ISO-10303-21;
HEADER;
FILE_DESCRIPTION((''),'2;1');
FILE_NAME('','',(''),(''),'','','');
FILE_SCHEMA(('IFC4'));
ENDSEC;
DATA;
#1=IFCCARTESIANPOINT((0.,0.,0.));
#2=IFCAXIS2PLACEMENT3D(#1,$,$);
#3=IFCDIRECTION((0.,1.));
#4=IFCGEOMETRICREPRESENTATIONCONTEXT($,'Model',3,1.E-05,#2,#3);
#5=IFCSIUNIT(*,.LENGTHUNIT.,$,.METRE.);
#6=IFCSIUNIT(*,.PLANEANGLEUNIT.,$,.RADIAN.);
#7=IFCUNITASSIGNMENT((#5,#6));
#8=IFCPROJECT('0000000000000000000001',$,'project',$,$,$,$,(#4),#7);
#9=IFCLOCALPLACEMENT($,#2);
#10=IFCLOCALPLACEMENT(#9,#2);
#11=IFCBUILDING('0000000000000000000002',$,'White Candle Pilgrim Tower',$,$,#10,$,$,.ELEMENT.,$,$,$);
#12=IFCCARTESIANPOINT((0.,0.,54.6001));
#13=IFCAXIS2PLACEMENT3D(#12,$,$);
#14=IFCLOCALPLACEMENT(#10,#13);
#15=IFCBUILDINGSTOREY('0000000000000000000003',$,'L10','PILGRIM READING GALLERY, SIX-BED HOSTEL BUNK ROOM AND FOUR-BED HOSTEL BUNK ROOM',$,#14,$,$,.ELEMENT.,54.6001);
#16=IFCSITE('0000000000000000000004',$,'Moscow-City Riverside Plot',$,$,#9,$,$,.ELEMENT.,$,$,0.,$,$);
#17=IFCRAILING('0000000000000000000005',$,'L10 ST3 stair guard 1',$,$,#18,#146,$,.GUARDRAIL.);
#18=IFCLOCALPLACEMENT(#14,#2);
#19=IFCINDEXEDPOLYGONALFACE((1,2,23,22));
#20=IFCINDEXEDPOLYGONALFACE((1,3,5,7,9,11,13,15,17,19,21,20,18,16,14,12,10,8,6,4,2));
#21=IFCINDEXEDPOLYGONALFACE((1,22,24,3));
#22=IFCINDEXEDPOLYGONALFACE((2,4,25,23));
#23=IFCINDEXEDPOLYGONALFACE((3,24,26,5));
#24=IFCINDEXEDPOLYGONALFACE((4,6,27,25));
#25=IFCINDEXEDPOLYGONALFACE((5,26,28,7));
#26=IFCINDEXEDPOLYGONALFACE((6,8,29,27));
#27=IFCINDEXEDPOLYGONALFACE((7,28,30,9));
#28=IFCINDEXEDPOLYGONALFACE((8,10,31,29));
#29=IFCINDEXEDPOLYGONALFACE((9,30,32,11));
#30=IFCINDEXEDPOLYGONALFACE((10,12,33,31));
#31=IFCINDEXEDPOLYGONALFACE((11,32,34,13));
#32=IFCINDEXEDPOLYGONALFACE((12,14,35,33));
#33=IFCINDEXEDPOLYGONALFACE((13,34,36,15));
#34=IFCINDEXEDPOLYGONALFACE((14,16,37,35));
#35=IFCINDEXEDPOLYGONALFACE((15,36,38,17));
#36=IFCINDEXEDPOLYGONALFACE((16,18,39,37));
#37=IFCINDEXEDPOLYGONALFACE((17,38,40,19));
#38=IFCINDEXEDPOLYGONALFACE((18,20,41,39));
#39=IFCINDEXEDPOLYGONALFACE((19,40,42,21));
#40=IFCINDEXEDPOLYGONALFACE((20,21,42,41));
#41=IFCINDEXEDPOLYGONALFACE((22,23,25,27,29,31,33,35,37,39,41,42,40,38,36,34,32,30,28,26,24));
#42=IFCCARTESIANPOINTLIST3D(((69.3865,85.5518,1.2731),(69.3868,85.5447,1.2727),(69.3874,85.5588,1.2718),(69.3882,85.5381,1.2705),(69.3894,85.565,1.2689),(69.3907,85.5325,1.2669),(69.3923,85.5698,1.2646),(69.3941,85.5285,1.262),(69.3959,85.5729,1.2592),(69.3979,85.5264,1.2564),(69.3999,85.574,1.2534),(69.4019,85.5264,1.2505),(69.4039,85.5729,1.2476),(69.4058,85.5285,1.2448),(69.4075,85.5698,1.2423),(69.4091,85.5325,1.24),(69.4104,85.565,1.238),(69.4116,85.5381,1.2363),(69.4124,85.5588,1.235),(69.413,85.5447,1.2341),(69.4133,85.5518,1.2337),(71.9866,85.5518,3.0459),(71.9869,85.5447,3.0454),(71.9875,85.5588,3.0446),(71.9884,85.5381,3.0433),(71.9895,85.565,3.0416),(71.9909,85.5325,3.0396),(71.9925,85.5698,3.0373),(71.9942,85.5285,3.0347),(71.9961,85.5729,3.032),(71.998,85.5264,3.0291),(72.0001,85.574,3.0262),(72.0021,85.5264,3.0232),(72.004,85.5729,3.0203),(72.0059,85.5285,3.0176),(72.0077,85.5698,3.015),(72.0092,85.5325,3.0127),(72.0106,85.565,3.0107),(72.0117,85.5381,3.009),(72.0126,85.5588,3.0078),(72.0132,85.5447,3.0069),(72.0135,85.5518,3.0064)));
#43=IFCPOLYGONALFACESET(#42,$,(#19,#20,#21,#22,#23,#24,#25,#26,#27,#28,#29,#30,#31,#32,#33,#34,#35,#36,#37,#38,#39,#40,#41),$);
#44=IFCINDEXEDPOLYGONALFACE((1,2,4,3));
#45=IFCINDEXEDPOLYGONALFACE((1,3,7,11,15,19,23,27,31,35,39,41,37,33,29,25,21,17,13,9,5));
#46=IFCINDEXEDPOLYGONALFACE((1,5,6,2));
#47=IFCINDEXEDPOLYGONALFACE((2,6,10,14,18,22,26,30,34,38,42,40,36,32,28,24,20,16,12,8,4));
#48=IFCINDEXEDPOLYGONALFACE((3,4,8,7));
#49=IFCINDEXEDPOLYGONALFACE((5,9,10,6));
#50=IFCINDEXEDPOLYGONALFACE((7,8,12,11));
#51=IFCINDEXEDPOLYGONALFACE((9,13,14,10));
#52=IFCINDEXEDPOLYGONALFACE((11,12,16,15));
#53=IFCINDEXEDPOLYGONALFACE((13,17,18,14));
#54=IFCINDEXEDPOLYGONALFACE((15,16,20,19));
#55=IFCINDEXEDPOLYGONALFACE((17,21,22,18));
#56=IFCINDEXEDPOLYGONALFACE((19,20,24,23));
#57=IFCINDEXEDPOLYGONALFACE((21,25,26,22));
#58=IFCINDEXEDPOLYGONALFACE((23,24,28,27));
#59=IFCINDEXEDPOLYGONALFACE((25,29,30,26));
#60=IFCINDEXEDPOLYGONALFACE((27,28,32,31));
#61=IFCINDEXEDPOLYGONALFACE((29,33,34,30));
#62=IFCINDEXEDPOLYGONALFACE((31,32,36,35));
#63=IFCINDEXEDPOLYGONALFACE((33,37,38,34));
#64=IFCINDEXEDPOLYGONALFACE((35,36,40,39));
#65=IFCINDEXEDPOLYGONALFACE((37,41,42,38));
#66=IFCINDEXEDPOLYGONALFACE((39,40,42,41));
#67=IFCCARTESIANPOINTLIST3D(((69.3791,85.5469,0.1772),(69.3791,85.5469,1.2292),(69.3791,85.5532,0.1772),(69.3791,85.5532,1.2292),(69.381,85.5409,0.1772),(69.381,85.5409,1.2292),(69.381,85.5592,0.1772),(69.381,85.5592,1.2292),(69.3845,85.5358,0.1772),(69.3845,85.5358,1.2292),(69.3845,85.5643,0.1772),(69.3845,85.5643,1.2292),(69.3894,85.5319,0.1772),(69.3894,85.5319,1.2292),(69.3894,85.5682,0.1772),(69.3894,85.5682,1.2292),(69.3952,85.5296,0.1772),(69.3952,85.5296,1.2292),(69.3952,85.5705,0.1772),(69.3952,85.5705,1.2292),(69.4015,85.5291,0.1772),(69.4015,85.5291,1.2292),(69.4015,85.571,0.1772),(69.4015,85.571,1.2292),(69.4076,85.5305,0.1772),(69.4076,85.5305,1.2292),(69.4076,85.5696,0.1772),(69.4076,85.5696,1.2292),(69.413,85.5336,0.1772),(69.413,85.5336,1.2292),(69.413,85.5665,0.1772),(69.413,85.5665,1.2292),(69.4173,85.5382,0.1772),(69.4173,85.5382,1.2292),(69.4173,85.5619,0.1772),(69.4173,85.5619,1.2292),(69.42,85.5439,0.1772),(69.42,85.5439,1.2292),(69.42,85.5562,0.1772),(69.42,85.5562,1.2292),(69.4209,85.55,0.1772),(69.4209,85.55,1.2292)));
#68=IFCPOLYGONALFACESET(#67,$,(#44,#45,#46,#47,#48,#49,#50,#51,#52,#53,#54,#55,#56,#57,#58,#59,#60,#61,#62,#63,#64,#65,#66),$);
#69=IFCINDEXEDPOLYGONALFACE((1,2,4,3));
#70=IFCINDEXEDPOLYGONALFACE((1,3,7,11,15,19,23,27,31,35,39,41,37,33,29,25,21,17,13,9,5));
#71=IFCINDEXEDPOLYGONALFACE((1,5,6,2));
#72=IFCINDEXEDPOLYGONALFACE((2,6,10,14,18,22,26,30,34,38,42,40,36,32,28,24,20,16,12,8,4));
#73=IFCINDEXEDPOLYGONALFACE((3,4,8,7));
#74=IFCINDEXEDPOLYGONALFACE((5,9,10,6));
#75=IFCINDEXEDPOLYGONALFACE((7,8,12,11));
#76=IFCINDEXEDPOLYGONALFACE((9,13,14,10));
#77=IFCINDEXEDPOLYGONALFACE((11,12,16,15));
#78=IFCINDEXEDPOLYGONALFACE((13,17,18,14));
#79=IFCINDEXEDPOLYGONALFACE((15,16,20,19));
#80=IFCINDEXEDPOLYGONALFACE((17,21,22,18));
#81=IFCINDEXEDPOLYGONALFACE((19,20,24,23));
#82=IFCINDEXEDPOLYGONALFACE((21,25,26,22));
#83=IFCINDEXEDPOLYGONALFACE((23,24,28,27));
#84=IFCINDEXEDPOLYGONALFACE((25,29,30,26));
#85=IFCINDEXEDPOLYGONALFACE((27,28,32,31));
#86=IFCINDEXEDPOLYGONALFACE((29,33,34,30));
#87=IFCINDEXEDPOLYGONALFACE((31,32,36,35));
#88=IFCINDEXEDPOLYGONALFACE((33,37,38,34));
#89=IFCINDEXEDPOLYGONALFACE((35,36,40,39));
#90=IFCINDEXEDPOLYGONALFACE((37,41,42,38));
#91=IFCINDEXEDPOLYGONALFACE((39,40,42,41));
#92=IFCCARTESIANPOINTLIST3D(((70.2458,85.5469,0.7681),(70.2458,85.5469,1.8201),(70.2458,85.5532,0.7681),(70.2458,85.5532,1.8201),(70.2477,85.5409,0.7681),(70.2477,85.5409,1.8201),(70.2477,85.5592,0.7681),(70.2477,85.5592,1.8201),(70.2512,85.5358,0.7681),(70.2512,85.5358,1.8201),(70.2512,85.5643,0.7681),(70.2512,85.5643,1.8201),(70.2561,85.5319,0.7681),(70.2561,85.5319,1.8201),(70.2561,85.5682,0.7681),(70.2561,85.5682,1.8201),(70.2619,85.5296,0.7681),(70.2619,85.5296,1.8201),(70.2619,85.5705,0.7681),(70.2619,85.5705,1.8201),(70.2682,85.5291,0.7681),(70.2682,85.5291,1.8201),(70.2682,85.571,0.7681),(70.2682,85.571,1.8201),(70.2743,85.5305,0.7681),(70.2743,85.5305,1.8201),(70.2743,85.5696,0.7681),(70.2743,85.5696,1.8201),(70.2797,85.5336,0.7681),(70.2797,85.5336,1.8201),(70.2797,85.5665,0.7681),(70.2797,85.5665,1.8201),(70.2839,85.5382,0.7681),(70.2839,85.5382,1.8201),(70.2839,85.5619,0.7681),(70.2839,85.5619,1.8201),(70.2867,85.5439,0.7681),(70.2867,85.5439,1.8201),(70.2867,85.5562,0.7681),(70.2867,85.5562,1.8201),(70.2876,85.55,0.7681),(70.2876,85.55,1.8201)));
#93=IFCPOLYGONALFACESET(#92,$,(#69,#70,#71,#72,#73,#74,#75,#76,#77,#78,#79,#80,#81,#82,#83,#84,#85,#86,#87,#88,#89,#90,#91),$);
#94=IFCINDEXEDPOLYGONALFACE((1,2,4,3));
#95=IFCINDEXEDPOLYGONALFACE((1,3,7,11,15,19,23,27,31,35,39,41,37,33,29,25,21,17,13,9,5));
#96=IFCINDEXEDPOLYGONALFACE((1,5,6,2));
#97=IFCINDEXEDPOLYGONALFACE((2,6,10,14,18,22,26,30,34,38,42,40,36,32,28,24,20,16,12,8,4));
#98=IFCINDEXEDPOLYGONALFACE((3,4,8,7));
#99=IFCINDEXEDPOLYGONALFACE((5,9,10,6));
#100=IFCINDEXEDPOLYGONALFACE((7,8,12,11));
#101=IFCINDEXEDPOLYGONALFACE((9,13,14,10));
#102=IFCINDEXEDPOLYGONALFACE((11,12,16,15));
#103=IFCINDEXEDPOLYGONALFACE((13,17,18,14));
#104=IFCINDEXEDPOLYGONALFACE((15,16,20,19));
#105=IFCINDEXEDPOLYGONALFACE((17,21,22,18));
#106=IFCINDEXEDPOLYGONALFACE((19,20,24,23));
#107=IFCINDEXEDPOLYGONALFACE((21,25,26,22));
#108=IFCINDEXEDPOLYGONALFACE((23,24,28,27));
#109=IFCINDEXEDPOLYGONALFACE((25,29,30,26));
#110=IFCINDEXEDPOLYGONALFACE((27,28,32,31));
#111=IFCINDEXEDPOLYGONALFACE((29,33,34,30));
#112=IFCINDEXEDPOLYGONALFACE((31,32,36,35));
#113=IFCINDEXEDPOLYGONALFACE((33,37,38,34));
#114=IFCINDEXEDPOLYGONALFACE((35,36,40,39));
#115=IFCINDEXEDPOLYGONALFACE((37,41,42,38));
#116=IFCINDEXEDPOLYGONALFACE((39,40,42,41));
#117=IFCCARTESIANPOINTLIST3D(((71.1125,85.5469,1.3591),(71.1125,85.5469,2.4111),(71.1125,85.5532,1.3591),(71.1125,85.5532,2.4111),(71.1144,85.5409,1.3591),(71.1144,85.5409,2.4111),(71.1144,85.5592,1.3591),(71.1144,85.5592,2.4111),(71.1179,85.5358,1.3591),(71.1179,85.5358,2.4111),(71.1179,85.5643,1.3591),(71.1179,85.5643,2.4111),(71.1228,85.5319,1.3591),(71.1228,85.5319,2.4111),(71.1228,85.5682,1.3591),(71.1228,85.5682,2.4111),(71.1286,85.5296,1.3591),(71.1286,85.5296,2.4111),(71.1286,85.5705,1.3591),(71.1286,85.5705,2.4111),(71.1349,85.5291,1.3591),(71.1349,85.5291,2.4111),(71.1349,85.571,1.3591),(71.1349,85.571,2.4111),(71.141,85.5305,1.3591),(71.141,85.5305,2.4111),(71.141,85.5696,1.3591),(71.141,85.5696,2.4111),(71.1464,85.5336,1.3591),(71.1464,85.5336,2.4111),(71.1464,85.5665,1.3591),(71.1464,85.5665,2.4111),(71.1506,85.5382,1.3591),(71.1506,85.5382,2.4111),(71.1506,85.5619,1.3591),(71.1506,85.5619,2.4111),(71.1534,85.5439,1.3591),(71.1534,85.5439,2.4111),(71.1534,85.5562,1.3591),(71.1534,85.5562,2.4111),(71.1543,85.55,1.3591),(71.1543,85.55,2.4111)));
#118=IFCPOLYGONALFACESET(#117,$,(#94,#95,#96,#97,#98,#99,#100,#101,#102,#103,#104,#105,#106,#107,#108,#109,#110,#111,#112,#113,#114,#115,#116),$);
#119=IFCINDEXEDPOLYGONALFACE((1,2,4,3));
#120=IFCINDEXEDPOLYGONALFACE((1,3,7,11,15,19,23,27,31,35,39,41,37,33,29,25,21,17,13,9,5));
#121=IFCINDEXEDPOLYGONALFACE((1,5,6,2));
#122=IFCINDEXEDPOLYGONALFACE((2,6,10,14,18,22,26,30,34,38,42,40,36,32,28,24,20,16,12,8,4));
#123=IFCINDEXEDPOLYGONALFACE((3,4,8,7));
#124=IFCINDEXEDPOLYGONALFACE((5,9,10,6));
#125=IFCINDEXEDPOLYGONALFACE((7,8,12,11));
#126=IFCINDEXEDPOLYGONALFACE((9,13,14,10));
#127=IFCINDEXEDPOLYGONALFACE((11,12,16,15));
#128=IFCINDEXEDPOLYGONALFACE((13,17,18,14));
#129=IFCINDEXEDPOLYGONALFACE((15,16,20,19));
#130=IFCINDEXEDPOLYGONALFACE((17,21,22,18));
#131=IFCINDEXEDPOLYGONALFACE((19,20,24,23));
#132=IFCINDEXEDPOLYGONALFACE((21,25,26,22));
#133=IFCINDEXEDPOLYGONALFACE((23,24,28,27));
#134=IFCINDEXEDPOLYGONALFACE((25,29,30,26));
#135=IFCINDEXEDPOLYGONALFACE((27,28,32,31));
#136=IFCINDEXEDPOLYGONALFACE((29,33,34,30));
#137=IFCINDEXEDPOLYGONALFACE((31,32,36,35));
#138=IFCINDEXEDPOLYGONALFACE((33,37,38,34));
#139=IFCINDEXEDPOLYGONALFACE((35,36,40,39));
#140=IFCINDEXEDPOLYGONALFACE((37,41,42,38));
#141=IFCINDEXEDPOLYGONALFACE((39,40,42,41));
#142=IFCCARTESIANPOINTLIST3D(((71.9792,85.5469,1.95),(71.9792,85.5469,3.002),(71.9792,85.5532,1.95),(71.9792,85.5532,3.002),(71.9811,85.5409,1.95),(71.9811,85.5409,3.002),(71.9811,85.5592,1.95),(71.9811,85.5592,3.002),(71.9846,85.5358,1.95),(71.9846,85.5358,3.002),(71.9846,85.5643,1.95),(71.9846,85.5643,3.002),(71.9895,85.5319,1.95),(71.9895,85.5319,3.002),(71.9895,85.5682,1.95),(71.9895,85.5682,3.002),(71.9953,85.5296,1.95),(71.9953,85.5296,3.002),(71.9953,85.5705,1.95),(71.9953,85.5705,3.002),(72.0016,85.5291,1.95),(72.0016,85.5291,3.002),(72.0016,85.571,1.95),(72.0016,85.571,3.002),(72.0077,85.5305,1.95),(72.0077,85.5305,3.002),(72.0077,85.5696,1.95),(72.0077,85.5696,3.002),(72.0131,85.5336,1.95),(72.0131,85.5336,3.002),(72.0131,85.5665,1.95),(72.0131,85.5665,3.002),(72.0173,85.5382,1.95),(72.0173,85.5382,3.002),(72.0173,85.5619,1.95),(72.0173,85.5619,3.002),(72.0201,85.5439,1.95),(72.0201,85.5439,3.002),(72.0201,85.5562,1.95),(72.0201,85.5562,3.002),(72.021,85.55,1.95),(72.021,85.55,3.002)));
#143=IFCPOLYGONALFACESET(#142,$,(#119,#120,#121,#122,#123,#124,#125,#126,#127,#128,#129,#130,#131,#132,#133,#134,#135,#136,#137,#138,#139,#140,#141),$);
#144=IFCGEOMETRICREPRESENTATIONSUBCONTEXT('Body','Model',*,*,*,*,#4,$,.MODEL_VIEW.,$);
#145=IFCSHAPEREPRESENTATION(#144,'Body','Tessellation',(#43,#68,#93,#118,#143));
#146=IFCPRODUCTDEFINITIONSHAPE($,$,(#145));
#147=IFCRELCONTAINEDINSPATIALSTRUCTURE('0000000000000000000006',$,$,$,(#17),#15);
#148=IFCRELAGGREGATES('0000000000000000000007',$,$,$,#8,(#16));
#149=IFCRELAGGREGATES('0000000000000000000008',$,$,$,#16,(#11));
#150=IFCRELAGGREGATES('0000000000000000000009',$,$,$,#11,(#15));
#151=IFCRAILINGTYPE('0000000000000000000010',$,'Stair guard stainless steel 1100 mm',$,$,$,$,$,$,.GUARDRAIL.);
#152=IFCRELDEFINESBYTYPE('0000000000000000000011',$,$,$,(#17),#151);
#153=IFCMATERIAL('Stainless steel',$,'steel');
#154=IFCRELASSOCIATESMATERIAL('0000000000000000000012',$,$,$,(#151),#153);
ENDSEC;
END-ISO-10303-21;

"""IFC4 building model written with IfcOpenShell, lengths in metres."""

from ifc_helpers import new_model, si_unit, direction, frame, origin, origin_2d, place, context, subcontext, project, spatial, circle, extrude, material, type_object, element, save


model = new_model("IFC4")

# Units and contexts
model_context = context("Model", 3, precision=1e-05, world=origin(), true_north=direction((0.0, 1.0)))
body_context = subcontext(model_context, "Body", "Model", "MODEL_VIEW")
ifc_project = project(units=[si_unit("LENGTHUNIT", "METRE"), si_unit("PLANEANGLEUNIT", "RADIAN")], contexts=[model_context])

# Site, building, storey
site_placement = place(None, origin())
site = spatial("IfcSite", under=ifc_project, at=site_placement, Name="Moscow-City Riverside Plot", CompositionType="ELEMENT", RefElevation=0.0)
building_placement = place(site_placement, origin())
building = spatial("IfcBuilding", under=site, at=building_placement, Name="White Candle Pilgrim Tower", CompositionType="ELEMENT")
storey_placement = place(building_placement, frame((0.0, 0.0, 54.6001)))
storey = spatial("IfcBuildingStorey", under=building, at=storey_placement, Name="L10", Description="PILGRIM READING GALLERY, SIX-BED HOSTEL BUNK ROOM AND FOUR-BED HOSTEL BUNK ROOM", CompositionType="ELEMENT", Elevation=54.6001)

# Railing
ifc_material_1 = material(Name="Stainless steel", Category="steel")
railing_type_1 = type_object("IfcRailingType", Name="Stair guard stainless steel 1100 mm", PredefinedType="GUARDRAIL", material=ifc_material_1)
railing_1_placement = place(storey_placement, frame((69.3999, 85.55, 0.1772)))
element("IfcRailing", 1, at=railing_1_placement, inside=storey, type_object=railing_type_1, Name="L10 ST3 stair guard 1", PredefinedType="GUARDRAIL", context=body_context, shape_type="SweptSolid", body=[
    extrude(circle(Radius=0.0239, at=origin_2d()), frame((0.0, 0.0, 1.0762), z_axis=(0.82624, 0.0, 0.563318), x_axis=(0.0, 1.0, 0.0)), (0.0, 0.0, 1.0), 3.147),
    extrude(circle(Radius=0.021, at=origin_2d()), origin(), (0.0, 0.0, 1.0), 1.052),
    extrude(circle(Radius=0.021, at=origin_2d()), frame((0.8667, 0.0, 0.5908)), (0.0, 0.0, 1.0), 1.052),
    extrude(circle(Radius=0.021, at=origin_2d()), frame((1.7334, 0.0, 1.1819)), (0.0, 0.0, 1.0), 1.052),
    extrude(circle(Radius=0.021, at=origin_2d()), frame((2.6001, 0.0, 1.7727)), (0.0, 0.0, 1.0), 1.052),
])

save(model, "model.ifc")
